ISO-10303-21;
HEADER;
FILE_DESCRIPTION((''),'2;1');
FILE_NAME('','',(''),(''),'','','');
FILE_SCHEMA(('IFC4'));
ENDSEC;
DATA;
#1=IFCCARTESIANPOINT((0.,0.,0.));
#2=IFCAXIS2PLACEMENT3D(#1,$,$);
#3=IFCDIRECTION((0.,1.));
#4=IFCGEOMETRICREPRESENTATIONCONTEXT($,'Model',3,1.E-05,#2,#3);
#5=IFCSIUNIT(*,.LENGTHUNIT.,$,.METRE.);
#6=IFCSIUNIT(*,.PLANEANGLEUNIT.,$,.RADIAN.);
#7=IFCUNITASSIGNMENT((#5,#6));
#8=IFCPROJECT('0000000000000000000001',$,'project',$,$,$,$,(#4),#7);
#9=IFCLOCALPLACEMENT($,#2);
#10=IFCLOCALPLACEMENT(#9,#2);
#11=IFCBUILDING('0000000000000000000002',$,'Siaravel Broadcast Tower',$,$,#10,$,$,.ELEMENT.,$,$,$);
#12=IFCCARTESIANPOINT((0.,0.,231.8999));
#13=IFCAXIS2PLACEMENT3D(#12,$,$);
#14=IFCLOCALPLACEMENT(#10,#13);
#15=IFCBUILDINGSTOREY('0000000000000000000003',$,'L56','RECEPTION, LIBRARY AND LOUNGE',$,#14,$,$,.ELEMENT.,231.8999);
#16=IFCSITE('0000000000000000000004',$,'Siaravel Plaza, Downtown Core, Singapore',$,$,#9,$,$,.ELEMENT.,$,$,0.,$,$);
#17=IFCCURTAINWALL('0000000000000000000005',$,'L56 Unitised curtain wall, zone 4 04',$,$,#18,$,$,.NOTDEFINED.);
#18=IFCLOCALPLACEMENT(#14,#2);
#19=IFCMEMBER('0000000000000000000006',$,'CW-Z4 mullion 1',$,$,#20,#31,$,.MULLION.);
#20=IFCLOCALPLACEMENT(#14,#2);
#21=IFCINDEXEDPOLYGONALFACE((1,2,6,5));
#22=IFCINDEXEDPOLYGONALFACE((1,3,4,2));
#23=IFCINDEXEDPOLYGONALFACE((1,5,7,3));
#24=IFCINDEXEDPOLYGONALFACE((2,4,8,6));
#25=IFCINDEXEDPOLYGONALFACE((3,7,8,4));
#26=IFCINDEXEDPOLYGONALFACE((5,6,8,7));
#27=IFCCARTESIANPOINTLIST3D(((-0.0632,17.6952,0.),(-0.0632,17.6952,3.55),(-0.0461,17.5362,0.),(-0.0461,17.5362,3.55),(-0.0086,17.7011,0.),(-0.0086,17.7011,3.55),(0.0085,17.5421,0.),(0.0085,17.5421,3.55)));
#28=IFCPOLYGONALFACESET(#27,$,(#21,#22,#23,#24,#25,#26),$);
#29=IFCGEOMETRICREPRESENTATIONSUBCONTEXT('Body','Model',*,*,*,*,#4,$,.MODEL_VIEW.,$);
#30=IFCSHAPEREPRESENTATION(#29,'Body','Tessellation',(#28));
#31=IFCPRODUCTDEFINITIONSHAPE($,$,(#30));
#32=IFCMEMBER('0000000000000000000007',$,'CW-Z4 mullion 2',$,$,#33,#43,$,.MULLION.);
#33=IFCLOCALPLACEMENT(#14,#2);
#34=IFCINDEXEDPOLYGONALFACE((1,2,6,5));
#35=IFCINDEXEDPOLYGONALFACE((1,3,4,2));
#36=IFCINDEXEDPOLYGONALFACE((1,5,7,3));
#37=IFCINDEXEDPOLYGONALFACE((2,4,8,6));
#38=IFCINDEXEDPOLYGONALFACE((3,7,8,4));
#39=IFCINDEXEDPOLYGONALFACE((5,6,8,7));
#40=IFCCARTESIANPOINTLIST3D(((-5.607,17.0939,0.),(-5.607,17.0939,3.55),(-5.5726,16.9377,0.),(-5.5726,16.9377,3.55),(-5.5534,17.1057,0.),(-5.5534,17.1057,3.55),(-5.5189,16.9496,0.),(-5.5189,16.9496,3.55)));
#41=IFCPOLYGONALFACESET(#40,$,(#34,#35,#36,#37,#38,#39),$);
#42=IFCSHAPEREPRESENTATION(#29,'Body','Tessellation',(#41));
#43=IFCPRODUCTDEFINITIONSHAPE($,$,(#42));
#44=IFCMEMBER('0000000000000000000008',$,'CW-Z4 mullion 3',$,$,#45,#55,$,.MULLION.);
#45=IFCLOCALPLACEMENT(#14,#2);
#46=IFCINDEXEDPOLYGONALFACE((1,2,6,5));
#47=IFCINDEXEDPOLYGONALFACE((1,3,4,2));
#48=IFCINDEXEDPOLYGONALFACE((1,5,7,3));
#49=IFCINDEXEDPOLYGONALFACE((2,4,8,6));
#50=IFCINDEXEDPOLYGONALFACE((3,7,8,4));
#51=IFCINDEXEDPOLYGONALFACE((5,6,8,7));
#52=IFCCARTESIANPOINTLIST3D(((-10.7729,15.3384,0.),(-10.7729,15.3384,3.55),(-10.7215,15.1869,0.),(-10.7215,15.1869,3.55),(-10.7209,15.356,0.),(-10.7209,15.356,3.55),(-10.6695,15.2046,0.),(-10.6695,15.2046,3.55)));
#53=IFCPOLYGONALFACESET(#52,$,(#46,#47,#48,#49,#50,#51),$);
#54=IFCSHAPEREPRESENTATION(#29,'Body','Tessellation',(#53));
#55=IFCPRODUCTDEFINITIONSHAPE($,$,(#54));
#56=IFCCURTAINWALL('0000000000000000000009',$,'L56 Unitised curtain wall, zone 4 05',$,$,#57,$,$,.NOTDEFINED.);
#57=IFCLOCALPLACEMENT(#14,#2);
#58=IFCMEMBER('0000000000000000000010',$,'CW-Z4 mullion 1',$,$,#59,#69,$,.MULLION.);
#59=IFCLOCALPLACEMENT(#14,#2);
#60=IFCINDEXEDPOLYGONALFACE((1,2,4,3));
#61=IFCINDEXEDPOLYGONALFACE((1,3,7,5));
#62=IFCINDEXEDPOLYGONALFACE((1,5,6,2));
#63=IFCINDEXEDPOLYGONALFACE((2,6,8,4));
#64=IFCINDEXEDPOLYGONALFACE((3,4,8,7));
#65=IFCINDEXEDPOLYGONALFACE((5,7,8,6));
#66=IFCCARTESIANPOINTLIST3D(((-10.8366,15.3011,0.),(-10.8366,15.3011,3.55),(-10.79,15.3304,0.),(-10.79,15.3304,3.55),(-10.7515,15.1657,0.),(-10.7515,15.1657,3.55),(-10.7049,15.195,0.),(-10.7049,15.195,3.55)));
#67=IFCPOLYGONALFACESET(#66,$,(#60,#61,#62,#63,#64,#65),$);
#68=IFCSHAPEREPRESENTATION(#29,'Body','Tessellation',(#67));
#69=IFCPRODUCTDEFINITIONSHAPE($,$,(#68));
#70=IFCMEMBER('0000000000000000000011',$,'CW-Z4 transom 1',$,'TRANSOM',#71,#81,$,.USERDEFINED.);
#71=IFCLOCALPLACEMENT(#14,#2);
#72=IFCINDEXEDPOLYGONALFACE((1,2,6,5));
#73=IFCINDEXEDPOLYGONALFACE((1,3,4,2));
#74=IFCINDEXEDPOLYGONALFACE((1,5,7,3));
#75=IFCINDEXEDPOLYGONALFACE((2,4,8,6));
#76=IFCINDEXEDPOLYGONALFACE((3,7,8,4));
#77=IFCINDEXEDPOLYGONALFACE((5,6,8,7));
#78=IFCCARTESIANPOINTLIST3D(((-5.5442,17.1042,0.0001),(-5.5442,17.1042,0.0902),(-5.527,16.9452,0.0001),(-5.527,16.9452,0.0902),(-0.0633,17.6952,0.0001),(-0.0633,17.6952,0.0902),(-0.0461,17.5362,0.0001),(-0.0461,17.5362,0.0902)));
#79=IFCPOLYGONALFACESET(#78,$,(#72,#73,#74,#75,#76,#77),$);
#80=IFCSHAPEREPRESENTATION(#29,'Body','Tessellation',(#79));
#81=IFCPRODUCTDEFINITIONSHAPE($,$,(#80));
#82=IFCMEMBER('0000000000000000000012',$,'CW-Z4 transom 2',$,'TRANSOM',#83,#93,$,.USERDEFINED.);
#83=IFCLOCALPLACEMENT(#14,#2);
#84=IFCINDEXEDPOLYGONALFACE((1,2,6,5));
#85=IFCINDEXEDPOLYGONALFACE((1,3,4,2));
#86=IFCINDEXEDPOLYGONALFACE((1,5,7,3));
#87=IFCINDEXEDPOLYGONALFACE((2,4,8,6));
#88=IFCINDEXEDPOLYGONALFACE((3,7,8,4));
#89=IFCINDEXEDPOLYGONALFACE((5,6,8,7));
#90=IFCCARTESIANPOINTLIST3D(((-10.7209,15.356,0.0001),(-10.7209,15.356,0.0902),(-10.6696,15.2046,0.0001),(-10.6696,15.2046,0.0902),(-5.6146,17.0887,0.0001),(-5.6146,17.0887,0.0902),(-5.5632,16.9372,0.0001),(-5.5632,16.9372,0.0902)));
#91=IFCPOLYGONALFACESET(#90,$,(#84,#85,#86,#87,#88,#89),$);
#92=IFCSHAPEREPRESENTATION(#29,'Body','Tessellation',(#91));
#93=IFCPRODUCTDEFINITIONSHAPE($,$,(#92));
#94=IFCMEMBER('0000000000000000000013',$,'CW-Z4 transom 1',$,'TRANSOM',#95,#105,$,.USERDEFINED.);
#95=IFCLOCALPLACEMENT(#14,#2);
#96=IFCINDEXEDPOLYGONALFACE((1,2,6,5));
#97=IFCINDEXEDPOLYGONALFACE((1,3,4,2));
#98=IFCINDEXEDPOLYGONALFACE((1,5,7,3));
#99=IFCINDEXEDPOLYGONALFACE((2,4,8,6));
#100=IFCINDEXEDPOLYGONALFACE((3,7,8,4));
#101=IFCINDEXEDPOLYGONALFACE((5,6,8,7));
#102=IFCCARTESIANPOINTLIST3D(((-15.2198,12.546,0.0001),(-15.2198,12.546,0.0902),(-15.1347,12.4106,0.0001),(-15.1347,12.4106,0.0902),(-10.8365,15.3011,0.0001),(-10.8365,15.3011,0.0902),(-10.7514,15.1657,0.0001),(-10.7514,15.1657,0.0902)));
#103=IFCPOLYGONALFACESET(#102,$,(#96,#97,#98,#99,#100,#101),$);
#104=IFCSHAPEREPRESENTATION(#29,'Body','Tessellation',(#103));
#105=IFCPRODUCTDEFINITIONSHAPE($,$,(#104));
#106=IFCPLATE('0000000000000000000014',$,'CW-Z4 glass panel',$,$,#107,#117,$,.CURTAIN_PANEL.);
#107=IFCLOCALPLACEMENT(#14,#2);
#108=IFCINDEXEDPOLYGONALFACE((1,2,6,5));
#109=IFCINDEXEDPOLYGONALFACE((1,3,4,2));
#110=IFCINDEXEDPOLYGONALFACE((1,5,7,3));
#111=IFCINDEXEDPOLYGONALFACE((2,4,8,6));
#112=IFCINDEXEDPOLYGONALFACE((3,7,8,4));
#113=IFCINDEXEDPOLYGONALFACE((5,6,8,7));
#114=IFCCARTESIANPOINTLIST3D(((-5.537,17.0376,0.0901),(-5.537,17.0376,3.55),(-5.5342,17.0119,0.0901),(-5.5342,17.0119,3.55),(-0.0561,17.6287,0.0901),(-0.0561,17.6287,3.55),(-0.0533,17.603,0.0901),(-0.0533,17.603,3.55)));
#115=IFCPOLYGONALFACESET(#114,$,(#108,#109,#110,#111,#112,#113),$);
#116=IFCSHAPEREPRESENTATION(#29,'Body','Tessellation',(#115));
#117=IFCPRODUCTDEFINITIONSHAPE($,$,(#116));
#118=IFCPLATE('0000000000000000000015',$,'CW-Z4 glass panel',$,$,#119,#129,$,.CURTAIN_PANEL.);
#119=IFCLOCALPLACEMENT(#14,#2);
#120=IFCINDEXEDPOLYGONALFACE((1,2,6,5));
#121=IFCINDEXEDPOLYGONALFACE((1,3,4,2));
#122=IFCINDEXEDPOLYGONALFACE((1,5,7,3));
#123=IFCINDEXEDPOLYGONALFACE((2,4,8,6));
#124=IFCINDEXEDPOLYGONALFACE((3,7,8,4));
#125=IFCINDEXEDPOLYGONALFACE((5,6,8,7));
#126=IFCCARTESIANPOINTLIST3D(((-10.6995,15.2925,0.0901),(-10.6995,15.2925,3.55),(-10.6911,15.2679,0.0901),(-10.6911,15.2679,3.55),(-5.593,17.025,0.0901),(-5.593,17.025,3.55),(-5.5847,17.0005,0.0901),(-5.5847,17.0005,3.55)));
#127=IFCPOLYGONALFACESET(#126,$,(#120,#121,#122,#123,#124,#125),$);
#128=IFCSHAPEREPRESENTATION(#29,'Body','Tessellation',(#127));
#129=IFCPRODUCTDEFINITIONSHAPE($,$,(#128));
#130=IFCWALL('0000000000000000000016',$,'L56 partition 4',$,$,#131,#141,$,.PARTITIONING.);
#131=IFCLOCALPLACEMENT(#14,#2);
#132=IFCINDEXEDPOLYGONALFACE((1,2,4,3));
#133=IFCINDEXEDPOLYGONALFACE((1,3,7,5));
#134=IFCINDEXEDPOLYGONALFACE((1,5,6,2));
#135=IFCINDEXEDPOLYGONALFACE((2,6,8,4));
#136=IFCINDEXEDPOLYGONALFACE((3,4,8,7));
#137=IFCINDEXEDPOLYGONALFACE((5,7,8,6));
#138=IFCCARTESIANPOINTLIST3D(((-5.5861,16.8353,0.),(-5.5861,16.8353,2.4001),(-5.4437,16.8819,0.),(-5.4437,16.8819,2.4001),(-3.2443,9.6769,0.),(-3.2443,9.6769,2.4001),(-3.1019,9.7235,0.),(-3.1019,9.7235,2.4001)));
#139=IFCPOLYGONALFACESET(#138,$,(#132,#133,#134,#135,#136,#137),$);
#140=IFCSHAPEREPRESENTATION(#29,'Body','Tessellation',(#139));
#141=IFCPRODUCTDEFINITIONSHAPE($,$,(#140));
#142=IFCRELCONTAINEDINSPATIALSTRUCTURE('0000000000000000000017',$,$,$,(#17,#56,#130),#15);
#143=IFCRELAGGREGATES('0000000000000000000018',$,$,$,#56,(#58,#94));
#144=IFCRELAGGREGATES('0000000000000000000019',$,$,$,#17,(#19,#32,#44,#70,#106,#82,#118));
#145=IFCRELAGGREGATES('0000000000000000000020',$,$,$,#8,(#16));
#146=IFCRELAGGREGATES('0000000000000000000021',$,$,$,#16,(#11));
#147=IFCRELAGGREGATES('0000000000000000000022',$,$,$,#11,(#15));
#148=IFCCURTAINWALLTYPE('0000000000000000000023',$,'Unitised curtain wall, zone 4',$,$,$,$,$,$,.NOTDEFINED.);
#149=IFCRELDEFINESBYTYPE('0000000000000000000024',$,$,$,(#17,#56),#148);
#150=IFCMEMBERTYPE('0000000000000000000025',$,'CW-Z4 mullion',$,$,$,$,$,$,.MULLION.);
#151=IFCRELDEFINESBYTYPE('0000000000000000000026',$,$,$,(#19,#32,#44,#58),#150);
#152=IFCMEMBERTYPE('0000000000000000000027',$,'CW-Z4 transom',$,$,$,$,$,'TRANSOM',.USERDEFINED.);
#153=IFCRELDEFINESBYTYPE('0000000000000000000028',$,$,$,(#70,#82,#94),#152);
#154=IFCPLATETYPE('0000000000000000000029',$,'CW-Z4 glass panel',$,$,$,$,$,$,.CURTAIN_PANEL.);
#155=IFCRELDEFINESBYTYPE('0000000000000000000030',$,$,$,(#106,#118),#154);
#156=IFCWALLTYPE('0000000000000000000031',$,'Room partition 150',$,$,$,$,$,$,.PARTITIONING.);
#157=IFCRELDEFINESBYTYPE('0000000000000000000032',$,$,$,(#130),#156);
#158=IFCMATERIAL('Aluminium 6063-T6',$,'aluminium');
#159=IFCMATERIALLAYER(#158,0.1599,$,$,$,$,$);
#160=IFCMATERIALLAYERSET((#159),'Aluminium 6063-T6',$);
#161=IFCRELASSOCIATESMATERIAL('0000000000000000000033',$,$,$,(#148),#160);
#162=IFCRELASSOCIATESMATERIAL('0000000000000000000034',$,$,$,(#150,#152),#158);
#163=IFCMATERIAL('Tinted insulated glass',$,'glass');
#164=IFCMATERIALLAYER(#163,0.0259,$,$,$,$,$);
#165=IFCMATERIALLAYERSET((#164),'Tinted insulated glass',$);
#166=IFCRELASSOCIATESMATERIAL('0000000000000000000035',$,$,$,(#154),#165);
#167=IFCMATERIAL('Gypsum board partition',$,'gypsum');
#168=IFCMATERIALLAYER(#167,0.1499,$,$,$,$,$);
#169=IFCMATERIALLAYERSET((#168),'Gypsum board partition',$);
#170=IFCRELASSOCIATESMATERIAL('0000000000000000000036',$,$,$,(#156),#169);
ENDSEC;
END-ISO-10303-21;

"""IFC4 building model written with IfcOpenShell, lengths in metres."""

from ifc_helpers import new_model, si_unit, direction, frame, frame_2d, origin, origin_2d, place, context, subcontext, project, spatial, rectangle, extrude, material, layer, layer_set, material_profile, profile_set, type_object, element, aggregate, save


model = new_model("IFC4")

# Units and contexts
model_context = context("Model", 3, precision=1e-05, world=origin(), true_north=direction((0.0, 1.0)))
body_context = subcontext(model_context, "Body", "Model", "MODEL_VIEW")
ifc_project = project(units=[si_unit("LENGTHUNIT", "METRE"), si_unit("PLANEANGLEUNIT", "RADIAN")], contexts=[model_context])

# Site, building, storey
site_placement = place(None, origin())
site = spatial("IfcSite", under=ifc_project, at=site_placement, Name="Siaravel Plaza, Downtown Core, Singapore", CompositionType="ELEMENT", RefElevation=0.0)
building_placement = place(site_placement, origin())
building = spatial("IfcBuilding", under=site, at=building_placement, Name="Siaravel Broadcast Tower", CompositionType="ELEMENT")
storey_placement = place(building_placement, frame((0.0, 0.0, 231.8999)))
storey = spatial("IfcBuildingStorey", under=building, at=storey_placement, Name="L56", Description="RECEPTION, LIBRARY AND LOUNGE", CompositionType="ELEMENT", Elevation=231.8999)

# Curtain wall, members
ifc_material_1 = material(Name="Aluminium 6063-T6", Category="aluminium")
ifc_layer_1 = layer(ifc_material_1, 0.1599)
ifc_layer_set_1 = layer_set([ifc_layer_1], Name="Aluminium 6063-T6")
curtain_wall_type = type_object("IfcCurtainWallType", Name="Unitised curtain wall, zone 4", PredefinedType="NOTDEFINED", material=ifc_layer_set_1)
curtain_wall_1_placement = place(storey_placement, origin())
curtain_wall_1 = element("IfcCurtainWall", 1, at=curtain_wall_1_placement, inside=storey, type_object=curtain_wall_type, Name="L56 Unitised curtain wall, zone 4 04", PredefinedType="NOTDEFINED")
ifc_material_profile_1 = material_profile(ifc_material_1, rectangle(XDim=0.1599, YDim=0.0549, at=origin_2d()))
ifc_profile_set_1 = profile_set([ifc_material_profile_1], Name="Aluminium 6063-T6")
member_type_1 = type_object("IfcMemberType", Name="CW-Z4 mullion", PredefinedType="MULLION", material=ifc_profile_set_1)
member_1_placement = place(storey_placement, frame((-0.0273, 17.6187, 0.0), z_axis=(0.0, 0.0, 1.0), x_axis=(0.107218, -0.994236, 0.0)))
member_1 = element("IfcMember", 2, at=member_1_placement, type_object=member_type_1, Name="CW-Z4 mullion 1", PredefinedType="MULLION", context=body_context, shape_type="SweptSolid", body=[
    extrude(rectangle(XDim=0.1599, YDim=0.0549, at=origin_2d()), origin(), (0.0, 0.0, 1.0), 3.55),
])
member_2_placement = place(storey_placement, frame((-5.563, 17.0217, 0.0), z_axis=(0.0, 0.0, 1.0), x_axis=(0.215559, -0.976491, 0.0)))
member_2 = element("IfcMember", 3, at=member_2_placement, type_object=member_type_1, Name="CW-Z4 mullion 2", PredefinedType="MULLION", context=body_context, shape_type="SweptSolid", body=[
    extrude(rectangle(XDim=0.1599, YDim=0.0549, at=origin_2d()), origin(), (0.0, 0.0, 1.0), 3.55),
])
member_3_placement = place(storey_placement, frame((-10.7212, 15.2715, 0.0), z_axis=(0.0, 0.0, 1.0), x_axis=(0.321301, -0.946977, 0.0)))
member_3 = element("IfcMember", 4, at=member_3_placement, type_object=member_type_1, Name="CW-Z4 mullion 3", PredefinedType="MULLION", context=body_context, shape_type="SweptSolid", body=[
    extrude(rectangle(XDim=0.1599, YDim=0.0549, at=origin_2d()), origin(), (0.0, 0.0, 1.0), 3.55),
])

# Curtain wall, member
curtain_wall_2_placement = place(storey_placement, origin())
curtain_wall_2 = element("IfcCurtainWall", 5, at=curtain_wall_2_placement, inside=storey, type_object=curtain_wall_type, Name="L56 Unitised curtain wall, zone 4 05", PredefinedType="NOTDEFINED")
member_4_placement = place(storey_placement, frame((-10.7708, 15.248, 0.0), z_axis=(0.0, 0.0, 1.0), x_axis=(0.53215, -0.84665, 0.0)))
member_4 = element("IfcMember", 6, at=member_4_placement, type_object=member_type_1, Name="CW-Z4 mullion 1", PredefinedType="MULLION", context=body_context, shape_type="SweptSolid", body=[
    extrude(rectangle(XDim=0.1599, YDim=0.0549, at=origin_2d()), origin(), (0.0, 0.0, 1.0), 3.55),
])

# Members
ifc_material_profile_2 = material_profile(ifc_material_1, rectangle(XDim=0.1599, YDim=0.0901, at=origin_2d()))
ifc_profile_set_2 = profile_set([ifc_material_profile_2], Name="Aluminium 6063-T6")
member_type_2 = type_object("IfcMemberType", Name="CW-Z4 transom", ElementType="TRANSOM", PredefinedType="USERDEFINED", material=ifc_profile_set_2)
member_5_placement = place(storey_placement, frame((-0.0547, 17.6157, 0.0452), z_axis=(-0.994236, -0.107218, 0.0), x_axis=(0.107218, -0.994236, 0.0)))
member_5 = element("IfcMember", 7, at=member_5_placement, type_object=member_type_2, Name="CW-Z4 transom 1", ObjectType="TRANSOM", PredefinedType="USERDEFINED", context=body_context, shape_type="SweptSolid", body=[
    extrude(rectangle(XDim=0.1599, YDim=0.0901, at=origin_2d()), origin(), (0.0, 0.0, 1.0), 5.5127),
])
member_6_placement = place(storey_placement, frame((-5.5889, 17.0129, 0.0452), z_axis=(-0.946972, -0.321317, 0.0), x_axis=(0.321317, -0.946972, 0.0)))
member_6 = element("IfcMember", 8, at=member_6_placement, type_object=member_type_2, Name="CW-Z4 transom 2", ObjectType="TRANSOM", PredefinedType="USERDEFINED", context=body_context, shape_type="SweptSolid", body=[
    extrude(rectangle(XDim=0.1599, YDim=0.0901, at=origin_2d()), origin(), (0.0, 0.0, 1.0), 5.3923),
])
member_7_placement = place(storey_placement, frame((-10.7939, 15.2334, 0.0452), z_axis=(-0.846644, -0.532159, 0.0), x_axis=(0.532159, -0.846644, 0.0)))
member_7 = element("IfcMember", 9, at=member_7_placement, type_object=member_type_2, Name="CW-Z4 transom 1", ObjectType="TRANSOM", PredefinedType="USERDEFINED", context=body_context, shape_type="SweptSolid", body=[
    extrude(rectangle(XDim=0.1599, YDim=0.0901, at=origin_2d()), origin(), (0.0, 0.0, 1.0), 5.1772),
])
aggregate(curtain_wall_2, [member_4, member_7])

# Plates
ifc_material_2 = material(Name="Tinted insulated glass", Category="glass")
ifc_layer_2 = layer(ifc_material_2, 0.0259)
ifc_layer_set_2 = layer_set([ifc_layer_2], Name="Tinted insulated glass")
plate_type = type_object("IfcPlateType", Name="CW-Z4 glass panel", PredefinedType="CURTAIN_PANEL", material=ifc_layer_set_2)
plate_1_placement = place(storey_placement, frame((-2.7952, 17.3203, 0.0901), z_axis=(0.0, 0.0, 1.0), x_axis=(-0.994236, -0.107218, 0.0)))
plate_1 = element("IfcPlate", 10, at=plate_1_placement, type_object=plate_type, Name="CW-Z4 glass panel", PredefinedType="CURTAIN_PANEL", context=body_context, shape_type="SweptSolid", body=[
    extrude(rectangle(XDim=5.5127, YDim=0.0259, at=origin_2d()), origin(), (0.0, 0.0, 1.0), 3.46),
])
plate_2_placement = place(storey_placement, frame((-8.1421, 16.1465, 0.0901), z_axis=(0.0, 0.0, 1.0), x_axis=(-0.946977, -0.321301, 0.0)))
plate_2 = element("IfcPlate", 11, at=plate_2_placement, type_object=plate_type, Name="CW-Z4 glass panel", PredefinedType="CURTAIN_PANEL", context=body_context, shape_type="SweptSolid", body=[
    extrude(rectangle(XDim=5.3923, YDim=0.0259, at=origin_2d()), origin(), (0.0, 0.0, 1.0), 3.46),
])
aggregate(curtain_wall_1, [member_1, member_2, member_3, member_5, plate_1, member_6, plate_2])

# Wall
ifc_material_3 = material(Name="Gypsum board partition", Category="gypsum")
ifc_layer_3 = layer(ifc_material_3, 0.1499)
ifc_layer_set_3 = layer_set([ifc_layer_3], Name="Gypsum board partition")
wall_type = type_object("IfcWallType", Name="Room partition 150", PredefinedType="PARTITIONING", material=ifc_layer_set_3)
wall_placement = place(storey_placement, frame((-5.5149, 16.8586, 0.0), z_axis=(0.0, 0.0, 1.0), x_axis=(0.310923, -0.950435, 0.0)))
element("IfcWall", 12, at=wall_placement, inside=storey, type_object=wall_type, Name="L56 partition 4", PredefinedType="PARTITIONING", context=body_context, shape_type="SweptSolid", body=[
    extrude(rectangle(XDim=7.5317, YDim=0.1499, at=frame_2d((3.7659, 0.0))), origin(), (0.0, 0.0, 1.0), 2.4001),
])

save(model, "model.ifc")
